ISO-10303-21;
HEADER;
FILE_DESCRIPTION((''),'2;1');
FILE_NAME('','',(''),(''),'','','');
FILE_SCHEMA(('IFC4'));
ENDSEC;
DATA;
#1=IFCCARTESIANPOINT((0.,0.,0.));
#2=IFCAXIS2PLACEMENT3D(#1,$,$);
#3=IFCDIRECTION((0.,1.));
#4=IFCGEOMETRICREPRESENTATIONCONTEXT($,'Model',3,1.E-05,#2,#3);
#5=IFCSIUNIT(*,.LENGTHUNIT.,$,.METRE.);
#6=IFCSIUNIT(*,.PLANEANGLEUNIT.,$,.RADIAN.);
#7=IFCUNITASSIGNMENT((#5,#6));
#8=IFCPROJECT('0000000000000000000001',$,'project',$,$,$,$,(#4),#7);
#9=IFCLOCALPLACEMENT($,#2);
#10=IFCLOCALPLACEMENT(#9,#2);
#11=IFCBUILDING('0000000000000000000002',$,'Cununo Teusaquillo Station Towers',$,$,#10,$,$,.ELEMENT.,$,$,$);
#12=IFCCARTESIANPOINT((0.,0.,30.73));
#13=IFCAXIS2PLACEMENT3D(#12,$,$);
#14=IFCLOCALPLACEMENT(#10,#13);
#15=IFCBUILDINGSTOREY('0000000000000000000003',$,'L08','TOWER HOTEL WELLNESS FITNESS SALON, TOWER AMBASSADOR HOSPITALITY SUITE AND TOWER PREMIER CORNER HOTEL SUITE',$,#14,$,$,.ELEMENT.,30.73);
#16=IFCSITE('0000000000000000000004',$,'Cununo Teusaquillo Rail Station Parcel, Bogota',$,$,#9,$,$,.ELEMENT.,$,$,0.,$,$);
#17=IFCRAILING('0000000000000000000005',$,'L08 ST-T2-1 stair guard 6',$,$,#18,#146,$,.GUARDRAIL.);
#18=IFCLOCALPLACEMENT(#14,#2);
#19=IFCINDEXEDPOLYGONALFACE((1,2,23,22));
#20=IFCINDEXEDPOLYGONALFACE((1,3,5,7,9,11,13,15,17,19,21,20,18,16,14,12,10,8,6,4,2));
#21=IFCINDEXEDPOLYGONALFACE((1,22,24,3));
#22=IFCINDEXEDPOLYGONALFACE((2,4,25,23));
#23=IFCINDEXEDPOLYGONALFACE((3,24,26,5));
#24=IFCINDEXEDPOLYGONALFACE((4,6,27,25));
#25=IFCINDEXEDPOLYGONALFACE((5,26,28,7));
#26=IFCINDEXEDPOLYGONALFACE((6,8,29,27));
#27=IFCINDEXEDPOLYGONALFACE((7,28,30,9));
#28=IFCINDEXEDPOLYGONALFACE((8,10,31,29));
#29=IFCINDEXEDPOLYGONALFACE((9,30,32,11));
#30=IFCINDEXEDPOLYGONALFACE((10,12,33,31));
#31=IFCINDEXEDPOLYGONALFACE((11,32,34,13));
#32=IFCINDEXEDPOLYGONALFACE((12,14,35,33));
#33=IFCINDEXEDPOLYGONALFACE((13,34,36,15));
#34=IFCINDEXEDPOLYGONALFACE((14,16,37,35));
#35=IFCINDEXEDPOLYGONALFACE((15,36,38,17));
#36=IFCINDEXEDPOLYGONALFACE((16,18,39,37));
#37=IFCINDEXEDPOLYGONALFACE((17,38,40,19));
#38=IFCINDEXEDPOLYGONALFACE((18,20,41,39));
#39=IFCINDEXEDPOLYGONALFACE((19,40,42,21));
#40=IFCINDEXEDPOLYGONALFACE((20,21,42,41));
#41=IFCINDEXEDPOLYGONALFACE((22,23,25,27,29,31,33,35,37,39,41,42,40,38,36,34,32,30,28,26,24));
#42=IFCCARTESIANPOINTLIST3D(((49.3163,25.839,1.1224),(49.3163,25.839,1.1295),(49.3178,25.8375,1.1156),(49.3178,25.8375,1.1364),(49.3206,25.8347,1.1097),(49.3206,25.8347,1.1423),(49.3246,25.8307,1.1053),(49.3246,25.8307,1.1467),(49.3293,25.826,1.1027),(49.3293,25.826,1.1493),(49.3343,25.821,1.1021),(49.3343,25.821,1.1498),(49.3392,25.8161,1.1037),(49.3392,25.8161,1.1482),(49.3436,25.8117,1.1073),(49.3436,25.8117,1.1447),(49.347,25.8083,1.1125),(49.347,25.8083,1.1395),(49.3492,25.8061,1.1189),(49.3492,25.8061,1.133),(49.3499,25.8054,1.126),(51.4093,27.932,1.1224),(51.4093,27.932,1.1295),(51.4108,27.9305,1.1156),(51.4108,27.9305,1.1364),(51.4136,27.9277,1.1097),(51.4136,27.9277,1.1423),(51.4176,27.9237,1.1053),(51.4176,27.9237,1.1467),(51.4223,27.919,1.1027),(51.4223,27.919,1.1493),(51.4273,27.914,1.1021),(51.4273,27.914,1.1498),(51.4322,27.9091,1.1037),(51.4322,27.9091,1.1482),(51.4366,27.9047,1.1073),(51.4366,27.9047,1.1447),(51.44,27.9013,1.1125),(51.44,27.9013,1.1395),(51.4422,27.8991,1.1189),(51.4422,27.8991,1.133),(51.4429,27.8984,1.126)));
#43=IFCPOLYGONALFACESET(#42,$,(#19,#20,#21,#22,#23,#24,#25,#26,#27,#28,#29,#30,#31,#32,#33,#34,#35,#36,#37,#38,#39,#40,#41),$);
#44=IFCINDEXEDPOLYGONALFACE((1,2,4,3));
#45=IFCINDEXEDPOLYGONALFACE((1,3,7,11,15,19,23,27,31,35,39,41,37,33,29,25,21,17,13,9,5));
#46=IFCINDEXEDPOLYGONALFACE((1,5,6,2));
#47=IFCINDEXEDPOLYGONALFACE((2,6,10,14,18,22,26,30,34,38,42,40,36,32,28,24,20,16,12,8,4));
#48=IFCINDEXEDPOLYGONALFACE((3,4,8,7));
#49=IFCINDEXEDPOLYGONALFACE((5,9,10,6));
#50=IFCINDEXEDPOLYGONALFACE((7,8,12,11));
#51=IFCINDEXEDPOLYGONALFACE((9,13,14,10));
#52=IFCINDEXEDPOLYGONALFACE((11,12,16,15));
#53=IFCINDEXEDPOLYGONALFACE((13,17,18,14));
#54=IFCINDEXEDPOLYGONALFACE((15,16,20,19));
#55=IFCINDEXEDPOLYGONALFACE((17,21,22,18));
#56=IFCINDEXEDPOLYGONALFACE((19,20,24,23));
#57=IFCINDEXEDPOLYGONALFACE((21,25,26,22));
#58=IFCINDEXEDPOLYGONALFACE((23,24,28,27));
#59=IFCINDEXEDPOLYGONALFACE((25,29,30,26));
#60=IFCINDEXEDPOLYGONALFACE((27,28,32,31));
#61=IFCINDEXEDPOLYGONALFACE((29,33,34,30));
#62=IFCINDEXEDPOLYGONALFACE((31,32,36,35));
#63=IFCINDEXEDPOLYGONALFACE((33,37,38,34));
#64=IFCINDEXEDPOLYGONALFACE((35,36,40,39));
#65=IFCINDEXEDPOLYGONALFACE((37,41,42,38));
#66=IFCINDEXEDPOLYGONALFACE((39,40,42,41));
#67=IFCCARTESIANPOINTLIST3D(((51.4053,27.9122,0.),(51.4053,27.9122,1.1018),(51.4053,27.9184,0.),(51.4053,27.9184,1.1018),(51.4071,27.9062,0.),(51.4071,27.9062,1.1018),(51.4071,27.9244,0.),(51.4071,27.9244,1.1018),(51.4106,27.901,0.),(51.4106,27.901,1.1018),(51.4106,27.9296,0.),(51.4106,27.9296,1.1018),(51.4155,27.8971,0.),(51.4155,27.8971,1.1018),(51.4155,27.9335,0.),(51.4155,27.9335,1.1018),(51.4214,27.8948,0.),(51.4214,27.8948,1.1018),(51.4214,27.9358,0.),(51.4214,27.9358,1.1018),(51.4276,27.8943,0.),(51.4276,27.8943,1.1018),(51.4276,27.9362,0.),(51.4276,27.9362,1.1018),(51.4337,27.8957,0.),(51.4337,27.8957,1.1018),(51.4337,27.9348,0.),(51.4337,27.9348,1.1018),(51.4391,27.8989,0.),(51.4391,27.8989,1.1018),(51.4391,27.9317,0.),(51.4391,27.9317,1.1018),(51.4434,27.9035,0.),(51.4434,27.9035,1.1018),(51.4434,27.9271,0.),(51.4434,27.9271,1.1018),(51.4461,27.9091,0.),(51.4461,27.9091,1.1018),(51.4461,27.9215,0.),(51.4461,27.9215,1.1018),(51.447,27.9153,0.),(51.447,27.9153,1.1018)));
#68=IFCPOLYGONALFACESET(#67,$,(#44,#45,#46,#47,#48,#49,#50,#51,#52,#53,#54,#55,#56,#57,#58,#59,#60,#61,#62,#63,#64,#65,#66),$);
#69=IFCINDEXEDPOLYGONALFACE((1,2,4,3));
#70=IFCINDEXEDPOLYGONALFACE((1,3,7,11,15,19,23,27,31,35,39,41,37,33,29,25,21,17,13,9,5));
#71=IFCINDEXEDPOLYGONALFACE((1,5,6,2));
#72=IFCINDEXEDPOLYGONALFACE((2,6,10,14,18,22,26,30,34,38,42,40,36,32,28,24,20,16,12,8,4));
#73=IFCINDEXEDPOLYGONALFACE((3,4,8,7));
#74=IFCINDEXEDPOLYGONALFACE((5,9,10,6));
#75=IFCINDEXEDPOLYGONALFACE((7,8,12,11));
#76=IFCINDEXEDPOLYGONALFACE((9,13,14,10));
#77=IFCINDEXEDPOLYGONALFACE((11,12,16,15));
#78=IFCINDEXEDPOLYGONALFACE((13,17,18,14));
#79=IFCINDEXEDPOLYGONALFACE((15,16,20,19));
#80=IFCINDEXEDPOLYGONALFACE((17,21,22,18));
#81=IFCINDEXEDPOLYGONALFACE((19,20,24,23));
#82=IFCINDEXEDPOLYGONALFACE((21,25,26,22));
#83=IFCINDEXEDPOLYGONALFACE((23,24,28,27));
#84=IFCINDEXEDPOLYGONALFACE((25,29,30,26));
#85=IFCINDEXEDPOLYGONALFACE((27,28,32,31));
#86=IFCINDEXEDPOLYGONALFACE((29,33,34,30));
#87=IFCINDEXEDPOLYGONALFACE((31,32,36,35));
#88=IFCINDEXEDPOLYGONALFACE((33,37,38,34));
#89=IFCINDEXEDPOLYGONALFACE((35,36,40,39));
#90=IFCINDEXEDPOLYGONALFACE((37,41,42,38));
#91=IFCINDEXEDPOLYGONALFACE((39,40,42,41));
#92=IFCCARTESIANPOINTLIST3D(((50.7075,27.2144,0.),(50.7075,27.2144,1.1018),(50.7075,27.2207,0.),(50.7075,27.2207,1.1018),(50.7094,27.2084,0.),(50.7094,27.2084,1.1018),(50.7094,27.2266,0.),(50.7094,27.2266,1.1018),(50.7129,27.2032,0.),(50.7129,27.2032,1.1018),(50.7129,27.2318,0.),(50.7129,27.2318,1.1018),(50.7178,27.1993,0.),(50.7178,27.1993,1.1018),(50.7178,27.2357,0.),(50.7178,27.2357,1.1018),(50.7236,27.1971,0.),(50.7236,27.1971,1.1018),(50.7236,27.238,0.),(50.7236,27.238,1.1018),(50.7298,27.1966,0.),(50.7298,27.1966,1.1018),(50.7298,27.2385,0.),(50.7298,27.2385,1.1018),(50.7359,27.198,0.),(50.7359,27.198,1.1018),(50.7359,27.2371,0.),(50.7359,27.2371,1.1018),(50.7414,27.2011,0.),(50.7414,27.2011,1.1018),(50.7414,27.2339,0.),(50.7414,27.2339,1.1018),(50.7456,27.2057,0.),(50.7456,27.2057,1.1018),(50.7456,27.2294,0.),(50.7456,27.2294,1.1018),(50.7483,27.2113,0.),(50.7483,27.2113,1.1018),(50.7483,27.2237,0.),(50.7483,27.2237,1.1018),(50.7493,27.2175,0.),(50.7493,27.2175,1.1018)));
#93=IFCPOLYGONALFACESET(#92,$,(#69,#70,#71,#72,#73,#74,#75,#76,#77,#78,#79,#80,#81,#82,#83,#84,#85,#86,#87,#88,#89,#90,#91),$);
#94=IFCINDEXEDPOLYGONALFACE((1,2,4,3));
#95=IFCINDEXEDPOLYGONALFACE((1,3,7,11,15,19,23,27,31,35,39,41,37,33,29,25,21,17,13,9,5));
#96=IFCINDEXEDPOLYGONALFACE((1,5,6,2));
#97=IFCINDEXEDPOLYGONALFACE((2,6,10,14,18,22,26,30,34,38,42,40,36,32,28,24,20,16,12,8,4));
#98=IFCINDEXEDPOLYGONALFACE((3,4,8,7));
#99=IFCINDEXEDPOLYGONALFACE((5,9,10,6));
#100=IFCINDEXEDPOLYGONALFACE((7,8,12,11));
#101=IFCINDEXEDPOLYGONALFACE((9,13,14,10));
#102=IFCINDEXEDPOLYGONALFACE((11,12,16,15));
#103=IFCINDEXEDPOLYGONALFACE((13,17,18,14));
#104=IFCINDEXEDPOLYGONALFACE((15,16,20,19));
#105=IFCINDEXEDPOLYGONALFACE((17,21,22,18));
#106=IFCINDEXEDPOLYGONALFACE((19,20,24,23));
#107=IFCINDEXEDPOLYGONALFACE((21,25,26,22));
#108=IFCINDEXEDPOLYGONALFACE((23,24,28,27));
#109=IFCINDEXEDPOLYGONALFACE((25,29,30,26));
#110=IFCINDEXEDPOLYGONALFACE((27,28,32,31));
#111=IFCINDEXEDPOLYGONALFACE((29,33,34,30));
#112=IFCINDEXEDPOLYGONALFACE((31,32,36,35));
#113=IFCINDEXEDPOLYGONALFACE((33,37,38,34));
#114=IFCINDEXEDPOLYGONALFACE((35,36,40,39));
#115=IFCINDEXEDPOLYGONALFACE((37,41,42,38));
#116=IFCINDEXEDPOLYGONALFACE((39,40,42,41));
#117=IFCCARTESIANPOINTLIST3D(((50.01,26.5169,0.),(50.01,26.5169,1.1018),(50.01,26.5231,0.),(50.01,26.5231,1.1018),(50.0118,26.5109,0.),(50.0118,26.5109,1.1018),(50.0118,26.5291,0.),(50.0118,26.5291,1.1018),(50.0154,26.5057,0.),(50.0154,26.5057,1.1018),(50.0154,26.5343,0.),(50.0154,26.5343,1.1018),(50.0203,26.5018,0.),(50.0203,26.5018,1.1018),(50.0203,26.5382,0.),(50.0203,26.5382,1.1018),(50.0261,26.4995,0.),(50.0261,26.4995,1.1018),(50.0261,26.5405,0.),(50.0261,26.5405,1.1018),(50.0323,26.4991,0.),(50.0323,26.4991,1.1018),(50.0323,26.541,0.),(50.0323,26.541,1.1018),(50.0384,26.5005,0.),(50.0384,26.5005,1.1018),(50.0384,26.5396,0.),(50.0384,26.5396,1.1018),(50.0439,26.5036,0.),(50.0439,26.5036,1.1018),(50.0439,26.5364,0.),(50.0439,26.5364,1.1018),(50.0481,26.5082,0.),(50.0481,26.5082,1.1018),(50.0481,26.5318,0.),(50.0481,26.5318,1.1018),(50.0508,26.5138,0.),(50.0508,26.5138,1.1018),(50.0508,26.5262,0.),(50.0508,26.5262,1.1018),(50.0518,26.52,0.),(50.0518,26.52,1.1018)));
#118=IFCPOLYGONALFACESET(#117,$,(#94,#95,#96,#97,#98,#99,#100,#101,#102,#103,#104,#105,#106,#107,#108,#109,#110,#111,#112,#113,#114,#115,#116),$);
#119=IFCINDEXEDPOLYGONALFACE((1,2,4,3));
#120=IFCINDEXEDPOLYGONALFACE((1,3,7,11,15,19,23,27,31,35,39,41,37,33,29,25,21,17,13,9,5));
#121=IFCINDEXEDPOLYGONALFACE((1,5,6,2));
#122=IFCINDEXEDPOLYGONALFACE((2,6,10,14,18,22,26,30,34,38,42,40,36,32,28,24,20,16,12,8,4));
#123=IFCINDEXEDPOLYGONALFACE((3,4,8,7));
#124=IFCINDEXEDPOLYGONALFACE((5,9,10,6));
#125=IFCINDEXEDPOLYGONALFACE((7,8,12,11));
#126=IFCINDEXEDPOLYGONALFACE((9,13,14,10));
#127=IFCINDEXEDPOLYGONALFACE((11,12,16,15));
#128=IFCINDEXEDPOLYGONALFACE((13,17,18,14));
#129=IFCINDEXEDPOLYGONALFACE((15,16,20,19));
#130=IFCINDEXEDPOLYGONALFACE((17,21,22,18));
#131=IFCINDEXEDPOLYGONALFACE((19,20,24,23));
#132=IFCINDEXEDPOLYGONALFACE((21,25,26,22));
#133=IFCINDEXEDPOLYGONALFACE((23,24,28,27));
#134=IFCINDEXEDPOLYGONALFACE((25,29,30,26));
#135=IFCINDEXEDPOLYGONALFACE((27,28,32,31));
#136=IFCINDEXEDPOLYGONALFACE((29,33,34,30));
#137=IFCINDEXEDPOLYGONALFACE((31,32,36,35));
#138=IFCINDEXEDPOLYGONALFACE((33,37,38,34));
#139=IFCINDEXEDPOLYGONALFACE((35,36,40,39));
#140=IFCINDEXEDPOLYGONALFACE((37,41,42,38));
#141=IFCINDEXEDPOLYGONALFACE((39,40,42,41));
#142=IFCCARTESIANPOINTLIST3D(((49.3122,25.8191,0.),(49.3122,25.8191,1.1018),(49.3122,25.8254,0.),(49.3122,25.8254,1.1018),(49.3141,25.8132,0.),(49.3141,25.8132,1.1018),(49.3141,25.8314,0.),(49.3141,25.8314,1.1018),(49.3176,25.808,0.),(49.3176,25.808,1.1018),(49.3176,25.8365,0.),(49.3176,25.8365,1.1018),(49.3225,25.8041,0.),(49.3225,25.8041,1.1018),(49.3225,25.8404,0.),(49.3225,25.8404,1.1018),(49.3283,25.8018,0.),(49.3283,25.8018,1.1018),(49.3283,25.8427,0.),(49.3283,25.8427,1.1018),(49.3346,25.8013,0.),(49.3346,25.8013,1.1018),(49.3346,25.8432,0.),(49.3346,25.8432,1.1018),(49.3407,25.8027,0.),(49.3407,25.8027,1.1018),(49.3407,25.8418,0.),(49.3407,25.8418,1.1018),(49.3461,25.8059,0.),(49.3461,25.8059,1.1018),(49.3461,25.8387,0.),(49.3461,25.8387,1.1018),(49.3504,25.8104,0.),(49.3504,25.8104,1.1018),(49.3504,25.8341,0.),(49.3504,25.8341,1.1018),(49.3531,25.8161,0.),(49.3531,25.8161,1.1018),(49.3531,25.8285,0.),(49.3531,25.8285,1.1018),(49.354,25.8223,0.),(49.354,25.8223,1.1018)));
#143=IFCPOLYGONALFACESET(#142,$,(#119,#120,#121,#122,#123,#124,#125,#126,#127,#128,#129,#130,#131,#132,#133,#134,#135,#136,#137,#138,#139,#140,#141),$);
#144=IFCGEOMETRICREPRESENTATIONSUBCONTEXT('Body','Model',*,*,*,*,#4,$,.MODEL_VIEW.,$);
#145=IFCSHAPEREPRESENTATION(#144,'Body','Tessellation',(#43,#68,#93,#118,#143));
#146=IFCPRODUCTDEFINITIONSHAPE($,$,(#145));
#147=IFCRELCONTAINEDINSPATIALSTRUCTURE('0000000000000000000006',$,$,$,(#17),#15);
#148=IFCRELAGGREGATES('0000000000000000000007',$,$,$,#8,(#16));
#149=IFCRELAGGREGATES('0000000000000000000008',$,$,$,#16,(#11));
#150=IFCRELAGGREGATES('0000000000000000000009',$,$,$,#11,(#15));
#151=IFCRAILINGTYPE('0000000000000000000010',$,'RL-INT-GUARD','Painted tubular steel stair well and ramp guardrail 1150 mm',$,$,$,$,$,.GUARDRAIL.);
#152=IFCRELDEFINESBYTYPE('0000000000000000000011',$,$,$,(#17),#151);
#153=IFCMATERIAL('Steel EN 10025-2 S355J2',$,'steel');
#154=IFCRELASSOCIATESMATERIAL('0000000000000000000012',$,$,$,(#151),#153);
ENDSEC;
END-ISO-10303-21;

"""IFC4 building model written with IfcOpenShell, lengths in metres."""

from ifc_helpers import new_model, si_unit, direction, frame, origin, origin_2d, place, context, subcontext, project, spatial, circle, extrude, material, type_object, element, save


model = new_model("IFC4")

# Units and contexts
model_context = context("Model", 3, precision=1e-05, world=origin(), true_north=direction((0.0, 1.0)))
body_context = subcontext(model_context, "Body", "Model", "MODEL_VIEW")
ifc_project = project(units=[si_unit("LENGTHUNIT", "METRE"), si_unit("PLANEANGLEUNIT", "RADIAN")], contexts=[model_context])

# Site, building, storey
site_placement = place(None, origin())
site = spatial("IfcSite", under=ifc_project, at=site_placement, Name="Cununo Teusaquillo Rail Station Parcel, Bogota", CompositionType="ELEMENT", RefElevation=0.0)
building_placement = place(site_placement, origin())
building = spatial("IfcBuilding", under=site, at=building_placement, Name="Cununo Teusaquillo Station Towers", CompositionType="ELEMENT")
storey_placement = place(building_placement, frame((0.0, 0.0, 30.73)))
storey = spatial("IfcBuildingStorey", under=building, at=storey_placement, Name="L08", Description="TOWER HOTEL WELLNESS FITNESS SALON, TOWER AMBASSADOR HOSPITALITY SUITE AND TOWER PREMIER CORNER HOTEL SUITE", CompositionType="ELEMENT", Elevation=30.73)

# Railing
ifc_material_1 = material(Name="Steel EN 10025-2 S355J2", Category="steel")
railing_type = type_object("IfcRailingType", Name="RL-INT-GUARD", Description="Painted tubular steel stair well and ramp guardrail 1150 mm", PredefinedType="GUARDRAIL", material=ifc_material_1)
railing_1_placement = place(storey_placement, frame((51.426, 27.9153, 0.0)))
element("IfcRailing", 1, at=railing_1_placement, inside=storey, type_object=railing_type, Name="L08 ST-T2-1 stair guard 6", PredefinedType="GUARDRAIL", context=body_context, shape_type="SweptSolid", body=[
    extrude(circle(Radius=0.0239, at=origin_2d()), frame((0.0, 0.0, 1.126), z_axis=(-0.707107, -0.707107, 0.0), x_axis=(0.707107, -0.707107, 0.0)), (0.0, 0.0, 1.0), 2.96),
    extrude(circle(Radius=0.021, at=origin_2d()), origin(), (0.0, 0.0, 1.0), 1.1018),
    extrude(circle(Radius=0.021, at=origin_2d()), frame((-0.6978, -0.6978, 0.0)), (0.0, 0.0, 1.0), 1.1018),
    extrude(circle(Radius=0.021, at=origin_2d()), frame((-1.3953, -1.3953, 0.0)), (0.0, 0.0, 1.0), 1.1018),
    extrude(circle(Radius=0.021, at=origin_2d()), frame((-2.093, -2.093, 0.0)), (0.0, 0.0, 1.0), 1.1018),
])

save(model, "model.ifc")
